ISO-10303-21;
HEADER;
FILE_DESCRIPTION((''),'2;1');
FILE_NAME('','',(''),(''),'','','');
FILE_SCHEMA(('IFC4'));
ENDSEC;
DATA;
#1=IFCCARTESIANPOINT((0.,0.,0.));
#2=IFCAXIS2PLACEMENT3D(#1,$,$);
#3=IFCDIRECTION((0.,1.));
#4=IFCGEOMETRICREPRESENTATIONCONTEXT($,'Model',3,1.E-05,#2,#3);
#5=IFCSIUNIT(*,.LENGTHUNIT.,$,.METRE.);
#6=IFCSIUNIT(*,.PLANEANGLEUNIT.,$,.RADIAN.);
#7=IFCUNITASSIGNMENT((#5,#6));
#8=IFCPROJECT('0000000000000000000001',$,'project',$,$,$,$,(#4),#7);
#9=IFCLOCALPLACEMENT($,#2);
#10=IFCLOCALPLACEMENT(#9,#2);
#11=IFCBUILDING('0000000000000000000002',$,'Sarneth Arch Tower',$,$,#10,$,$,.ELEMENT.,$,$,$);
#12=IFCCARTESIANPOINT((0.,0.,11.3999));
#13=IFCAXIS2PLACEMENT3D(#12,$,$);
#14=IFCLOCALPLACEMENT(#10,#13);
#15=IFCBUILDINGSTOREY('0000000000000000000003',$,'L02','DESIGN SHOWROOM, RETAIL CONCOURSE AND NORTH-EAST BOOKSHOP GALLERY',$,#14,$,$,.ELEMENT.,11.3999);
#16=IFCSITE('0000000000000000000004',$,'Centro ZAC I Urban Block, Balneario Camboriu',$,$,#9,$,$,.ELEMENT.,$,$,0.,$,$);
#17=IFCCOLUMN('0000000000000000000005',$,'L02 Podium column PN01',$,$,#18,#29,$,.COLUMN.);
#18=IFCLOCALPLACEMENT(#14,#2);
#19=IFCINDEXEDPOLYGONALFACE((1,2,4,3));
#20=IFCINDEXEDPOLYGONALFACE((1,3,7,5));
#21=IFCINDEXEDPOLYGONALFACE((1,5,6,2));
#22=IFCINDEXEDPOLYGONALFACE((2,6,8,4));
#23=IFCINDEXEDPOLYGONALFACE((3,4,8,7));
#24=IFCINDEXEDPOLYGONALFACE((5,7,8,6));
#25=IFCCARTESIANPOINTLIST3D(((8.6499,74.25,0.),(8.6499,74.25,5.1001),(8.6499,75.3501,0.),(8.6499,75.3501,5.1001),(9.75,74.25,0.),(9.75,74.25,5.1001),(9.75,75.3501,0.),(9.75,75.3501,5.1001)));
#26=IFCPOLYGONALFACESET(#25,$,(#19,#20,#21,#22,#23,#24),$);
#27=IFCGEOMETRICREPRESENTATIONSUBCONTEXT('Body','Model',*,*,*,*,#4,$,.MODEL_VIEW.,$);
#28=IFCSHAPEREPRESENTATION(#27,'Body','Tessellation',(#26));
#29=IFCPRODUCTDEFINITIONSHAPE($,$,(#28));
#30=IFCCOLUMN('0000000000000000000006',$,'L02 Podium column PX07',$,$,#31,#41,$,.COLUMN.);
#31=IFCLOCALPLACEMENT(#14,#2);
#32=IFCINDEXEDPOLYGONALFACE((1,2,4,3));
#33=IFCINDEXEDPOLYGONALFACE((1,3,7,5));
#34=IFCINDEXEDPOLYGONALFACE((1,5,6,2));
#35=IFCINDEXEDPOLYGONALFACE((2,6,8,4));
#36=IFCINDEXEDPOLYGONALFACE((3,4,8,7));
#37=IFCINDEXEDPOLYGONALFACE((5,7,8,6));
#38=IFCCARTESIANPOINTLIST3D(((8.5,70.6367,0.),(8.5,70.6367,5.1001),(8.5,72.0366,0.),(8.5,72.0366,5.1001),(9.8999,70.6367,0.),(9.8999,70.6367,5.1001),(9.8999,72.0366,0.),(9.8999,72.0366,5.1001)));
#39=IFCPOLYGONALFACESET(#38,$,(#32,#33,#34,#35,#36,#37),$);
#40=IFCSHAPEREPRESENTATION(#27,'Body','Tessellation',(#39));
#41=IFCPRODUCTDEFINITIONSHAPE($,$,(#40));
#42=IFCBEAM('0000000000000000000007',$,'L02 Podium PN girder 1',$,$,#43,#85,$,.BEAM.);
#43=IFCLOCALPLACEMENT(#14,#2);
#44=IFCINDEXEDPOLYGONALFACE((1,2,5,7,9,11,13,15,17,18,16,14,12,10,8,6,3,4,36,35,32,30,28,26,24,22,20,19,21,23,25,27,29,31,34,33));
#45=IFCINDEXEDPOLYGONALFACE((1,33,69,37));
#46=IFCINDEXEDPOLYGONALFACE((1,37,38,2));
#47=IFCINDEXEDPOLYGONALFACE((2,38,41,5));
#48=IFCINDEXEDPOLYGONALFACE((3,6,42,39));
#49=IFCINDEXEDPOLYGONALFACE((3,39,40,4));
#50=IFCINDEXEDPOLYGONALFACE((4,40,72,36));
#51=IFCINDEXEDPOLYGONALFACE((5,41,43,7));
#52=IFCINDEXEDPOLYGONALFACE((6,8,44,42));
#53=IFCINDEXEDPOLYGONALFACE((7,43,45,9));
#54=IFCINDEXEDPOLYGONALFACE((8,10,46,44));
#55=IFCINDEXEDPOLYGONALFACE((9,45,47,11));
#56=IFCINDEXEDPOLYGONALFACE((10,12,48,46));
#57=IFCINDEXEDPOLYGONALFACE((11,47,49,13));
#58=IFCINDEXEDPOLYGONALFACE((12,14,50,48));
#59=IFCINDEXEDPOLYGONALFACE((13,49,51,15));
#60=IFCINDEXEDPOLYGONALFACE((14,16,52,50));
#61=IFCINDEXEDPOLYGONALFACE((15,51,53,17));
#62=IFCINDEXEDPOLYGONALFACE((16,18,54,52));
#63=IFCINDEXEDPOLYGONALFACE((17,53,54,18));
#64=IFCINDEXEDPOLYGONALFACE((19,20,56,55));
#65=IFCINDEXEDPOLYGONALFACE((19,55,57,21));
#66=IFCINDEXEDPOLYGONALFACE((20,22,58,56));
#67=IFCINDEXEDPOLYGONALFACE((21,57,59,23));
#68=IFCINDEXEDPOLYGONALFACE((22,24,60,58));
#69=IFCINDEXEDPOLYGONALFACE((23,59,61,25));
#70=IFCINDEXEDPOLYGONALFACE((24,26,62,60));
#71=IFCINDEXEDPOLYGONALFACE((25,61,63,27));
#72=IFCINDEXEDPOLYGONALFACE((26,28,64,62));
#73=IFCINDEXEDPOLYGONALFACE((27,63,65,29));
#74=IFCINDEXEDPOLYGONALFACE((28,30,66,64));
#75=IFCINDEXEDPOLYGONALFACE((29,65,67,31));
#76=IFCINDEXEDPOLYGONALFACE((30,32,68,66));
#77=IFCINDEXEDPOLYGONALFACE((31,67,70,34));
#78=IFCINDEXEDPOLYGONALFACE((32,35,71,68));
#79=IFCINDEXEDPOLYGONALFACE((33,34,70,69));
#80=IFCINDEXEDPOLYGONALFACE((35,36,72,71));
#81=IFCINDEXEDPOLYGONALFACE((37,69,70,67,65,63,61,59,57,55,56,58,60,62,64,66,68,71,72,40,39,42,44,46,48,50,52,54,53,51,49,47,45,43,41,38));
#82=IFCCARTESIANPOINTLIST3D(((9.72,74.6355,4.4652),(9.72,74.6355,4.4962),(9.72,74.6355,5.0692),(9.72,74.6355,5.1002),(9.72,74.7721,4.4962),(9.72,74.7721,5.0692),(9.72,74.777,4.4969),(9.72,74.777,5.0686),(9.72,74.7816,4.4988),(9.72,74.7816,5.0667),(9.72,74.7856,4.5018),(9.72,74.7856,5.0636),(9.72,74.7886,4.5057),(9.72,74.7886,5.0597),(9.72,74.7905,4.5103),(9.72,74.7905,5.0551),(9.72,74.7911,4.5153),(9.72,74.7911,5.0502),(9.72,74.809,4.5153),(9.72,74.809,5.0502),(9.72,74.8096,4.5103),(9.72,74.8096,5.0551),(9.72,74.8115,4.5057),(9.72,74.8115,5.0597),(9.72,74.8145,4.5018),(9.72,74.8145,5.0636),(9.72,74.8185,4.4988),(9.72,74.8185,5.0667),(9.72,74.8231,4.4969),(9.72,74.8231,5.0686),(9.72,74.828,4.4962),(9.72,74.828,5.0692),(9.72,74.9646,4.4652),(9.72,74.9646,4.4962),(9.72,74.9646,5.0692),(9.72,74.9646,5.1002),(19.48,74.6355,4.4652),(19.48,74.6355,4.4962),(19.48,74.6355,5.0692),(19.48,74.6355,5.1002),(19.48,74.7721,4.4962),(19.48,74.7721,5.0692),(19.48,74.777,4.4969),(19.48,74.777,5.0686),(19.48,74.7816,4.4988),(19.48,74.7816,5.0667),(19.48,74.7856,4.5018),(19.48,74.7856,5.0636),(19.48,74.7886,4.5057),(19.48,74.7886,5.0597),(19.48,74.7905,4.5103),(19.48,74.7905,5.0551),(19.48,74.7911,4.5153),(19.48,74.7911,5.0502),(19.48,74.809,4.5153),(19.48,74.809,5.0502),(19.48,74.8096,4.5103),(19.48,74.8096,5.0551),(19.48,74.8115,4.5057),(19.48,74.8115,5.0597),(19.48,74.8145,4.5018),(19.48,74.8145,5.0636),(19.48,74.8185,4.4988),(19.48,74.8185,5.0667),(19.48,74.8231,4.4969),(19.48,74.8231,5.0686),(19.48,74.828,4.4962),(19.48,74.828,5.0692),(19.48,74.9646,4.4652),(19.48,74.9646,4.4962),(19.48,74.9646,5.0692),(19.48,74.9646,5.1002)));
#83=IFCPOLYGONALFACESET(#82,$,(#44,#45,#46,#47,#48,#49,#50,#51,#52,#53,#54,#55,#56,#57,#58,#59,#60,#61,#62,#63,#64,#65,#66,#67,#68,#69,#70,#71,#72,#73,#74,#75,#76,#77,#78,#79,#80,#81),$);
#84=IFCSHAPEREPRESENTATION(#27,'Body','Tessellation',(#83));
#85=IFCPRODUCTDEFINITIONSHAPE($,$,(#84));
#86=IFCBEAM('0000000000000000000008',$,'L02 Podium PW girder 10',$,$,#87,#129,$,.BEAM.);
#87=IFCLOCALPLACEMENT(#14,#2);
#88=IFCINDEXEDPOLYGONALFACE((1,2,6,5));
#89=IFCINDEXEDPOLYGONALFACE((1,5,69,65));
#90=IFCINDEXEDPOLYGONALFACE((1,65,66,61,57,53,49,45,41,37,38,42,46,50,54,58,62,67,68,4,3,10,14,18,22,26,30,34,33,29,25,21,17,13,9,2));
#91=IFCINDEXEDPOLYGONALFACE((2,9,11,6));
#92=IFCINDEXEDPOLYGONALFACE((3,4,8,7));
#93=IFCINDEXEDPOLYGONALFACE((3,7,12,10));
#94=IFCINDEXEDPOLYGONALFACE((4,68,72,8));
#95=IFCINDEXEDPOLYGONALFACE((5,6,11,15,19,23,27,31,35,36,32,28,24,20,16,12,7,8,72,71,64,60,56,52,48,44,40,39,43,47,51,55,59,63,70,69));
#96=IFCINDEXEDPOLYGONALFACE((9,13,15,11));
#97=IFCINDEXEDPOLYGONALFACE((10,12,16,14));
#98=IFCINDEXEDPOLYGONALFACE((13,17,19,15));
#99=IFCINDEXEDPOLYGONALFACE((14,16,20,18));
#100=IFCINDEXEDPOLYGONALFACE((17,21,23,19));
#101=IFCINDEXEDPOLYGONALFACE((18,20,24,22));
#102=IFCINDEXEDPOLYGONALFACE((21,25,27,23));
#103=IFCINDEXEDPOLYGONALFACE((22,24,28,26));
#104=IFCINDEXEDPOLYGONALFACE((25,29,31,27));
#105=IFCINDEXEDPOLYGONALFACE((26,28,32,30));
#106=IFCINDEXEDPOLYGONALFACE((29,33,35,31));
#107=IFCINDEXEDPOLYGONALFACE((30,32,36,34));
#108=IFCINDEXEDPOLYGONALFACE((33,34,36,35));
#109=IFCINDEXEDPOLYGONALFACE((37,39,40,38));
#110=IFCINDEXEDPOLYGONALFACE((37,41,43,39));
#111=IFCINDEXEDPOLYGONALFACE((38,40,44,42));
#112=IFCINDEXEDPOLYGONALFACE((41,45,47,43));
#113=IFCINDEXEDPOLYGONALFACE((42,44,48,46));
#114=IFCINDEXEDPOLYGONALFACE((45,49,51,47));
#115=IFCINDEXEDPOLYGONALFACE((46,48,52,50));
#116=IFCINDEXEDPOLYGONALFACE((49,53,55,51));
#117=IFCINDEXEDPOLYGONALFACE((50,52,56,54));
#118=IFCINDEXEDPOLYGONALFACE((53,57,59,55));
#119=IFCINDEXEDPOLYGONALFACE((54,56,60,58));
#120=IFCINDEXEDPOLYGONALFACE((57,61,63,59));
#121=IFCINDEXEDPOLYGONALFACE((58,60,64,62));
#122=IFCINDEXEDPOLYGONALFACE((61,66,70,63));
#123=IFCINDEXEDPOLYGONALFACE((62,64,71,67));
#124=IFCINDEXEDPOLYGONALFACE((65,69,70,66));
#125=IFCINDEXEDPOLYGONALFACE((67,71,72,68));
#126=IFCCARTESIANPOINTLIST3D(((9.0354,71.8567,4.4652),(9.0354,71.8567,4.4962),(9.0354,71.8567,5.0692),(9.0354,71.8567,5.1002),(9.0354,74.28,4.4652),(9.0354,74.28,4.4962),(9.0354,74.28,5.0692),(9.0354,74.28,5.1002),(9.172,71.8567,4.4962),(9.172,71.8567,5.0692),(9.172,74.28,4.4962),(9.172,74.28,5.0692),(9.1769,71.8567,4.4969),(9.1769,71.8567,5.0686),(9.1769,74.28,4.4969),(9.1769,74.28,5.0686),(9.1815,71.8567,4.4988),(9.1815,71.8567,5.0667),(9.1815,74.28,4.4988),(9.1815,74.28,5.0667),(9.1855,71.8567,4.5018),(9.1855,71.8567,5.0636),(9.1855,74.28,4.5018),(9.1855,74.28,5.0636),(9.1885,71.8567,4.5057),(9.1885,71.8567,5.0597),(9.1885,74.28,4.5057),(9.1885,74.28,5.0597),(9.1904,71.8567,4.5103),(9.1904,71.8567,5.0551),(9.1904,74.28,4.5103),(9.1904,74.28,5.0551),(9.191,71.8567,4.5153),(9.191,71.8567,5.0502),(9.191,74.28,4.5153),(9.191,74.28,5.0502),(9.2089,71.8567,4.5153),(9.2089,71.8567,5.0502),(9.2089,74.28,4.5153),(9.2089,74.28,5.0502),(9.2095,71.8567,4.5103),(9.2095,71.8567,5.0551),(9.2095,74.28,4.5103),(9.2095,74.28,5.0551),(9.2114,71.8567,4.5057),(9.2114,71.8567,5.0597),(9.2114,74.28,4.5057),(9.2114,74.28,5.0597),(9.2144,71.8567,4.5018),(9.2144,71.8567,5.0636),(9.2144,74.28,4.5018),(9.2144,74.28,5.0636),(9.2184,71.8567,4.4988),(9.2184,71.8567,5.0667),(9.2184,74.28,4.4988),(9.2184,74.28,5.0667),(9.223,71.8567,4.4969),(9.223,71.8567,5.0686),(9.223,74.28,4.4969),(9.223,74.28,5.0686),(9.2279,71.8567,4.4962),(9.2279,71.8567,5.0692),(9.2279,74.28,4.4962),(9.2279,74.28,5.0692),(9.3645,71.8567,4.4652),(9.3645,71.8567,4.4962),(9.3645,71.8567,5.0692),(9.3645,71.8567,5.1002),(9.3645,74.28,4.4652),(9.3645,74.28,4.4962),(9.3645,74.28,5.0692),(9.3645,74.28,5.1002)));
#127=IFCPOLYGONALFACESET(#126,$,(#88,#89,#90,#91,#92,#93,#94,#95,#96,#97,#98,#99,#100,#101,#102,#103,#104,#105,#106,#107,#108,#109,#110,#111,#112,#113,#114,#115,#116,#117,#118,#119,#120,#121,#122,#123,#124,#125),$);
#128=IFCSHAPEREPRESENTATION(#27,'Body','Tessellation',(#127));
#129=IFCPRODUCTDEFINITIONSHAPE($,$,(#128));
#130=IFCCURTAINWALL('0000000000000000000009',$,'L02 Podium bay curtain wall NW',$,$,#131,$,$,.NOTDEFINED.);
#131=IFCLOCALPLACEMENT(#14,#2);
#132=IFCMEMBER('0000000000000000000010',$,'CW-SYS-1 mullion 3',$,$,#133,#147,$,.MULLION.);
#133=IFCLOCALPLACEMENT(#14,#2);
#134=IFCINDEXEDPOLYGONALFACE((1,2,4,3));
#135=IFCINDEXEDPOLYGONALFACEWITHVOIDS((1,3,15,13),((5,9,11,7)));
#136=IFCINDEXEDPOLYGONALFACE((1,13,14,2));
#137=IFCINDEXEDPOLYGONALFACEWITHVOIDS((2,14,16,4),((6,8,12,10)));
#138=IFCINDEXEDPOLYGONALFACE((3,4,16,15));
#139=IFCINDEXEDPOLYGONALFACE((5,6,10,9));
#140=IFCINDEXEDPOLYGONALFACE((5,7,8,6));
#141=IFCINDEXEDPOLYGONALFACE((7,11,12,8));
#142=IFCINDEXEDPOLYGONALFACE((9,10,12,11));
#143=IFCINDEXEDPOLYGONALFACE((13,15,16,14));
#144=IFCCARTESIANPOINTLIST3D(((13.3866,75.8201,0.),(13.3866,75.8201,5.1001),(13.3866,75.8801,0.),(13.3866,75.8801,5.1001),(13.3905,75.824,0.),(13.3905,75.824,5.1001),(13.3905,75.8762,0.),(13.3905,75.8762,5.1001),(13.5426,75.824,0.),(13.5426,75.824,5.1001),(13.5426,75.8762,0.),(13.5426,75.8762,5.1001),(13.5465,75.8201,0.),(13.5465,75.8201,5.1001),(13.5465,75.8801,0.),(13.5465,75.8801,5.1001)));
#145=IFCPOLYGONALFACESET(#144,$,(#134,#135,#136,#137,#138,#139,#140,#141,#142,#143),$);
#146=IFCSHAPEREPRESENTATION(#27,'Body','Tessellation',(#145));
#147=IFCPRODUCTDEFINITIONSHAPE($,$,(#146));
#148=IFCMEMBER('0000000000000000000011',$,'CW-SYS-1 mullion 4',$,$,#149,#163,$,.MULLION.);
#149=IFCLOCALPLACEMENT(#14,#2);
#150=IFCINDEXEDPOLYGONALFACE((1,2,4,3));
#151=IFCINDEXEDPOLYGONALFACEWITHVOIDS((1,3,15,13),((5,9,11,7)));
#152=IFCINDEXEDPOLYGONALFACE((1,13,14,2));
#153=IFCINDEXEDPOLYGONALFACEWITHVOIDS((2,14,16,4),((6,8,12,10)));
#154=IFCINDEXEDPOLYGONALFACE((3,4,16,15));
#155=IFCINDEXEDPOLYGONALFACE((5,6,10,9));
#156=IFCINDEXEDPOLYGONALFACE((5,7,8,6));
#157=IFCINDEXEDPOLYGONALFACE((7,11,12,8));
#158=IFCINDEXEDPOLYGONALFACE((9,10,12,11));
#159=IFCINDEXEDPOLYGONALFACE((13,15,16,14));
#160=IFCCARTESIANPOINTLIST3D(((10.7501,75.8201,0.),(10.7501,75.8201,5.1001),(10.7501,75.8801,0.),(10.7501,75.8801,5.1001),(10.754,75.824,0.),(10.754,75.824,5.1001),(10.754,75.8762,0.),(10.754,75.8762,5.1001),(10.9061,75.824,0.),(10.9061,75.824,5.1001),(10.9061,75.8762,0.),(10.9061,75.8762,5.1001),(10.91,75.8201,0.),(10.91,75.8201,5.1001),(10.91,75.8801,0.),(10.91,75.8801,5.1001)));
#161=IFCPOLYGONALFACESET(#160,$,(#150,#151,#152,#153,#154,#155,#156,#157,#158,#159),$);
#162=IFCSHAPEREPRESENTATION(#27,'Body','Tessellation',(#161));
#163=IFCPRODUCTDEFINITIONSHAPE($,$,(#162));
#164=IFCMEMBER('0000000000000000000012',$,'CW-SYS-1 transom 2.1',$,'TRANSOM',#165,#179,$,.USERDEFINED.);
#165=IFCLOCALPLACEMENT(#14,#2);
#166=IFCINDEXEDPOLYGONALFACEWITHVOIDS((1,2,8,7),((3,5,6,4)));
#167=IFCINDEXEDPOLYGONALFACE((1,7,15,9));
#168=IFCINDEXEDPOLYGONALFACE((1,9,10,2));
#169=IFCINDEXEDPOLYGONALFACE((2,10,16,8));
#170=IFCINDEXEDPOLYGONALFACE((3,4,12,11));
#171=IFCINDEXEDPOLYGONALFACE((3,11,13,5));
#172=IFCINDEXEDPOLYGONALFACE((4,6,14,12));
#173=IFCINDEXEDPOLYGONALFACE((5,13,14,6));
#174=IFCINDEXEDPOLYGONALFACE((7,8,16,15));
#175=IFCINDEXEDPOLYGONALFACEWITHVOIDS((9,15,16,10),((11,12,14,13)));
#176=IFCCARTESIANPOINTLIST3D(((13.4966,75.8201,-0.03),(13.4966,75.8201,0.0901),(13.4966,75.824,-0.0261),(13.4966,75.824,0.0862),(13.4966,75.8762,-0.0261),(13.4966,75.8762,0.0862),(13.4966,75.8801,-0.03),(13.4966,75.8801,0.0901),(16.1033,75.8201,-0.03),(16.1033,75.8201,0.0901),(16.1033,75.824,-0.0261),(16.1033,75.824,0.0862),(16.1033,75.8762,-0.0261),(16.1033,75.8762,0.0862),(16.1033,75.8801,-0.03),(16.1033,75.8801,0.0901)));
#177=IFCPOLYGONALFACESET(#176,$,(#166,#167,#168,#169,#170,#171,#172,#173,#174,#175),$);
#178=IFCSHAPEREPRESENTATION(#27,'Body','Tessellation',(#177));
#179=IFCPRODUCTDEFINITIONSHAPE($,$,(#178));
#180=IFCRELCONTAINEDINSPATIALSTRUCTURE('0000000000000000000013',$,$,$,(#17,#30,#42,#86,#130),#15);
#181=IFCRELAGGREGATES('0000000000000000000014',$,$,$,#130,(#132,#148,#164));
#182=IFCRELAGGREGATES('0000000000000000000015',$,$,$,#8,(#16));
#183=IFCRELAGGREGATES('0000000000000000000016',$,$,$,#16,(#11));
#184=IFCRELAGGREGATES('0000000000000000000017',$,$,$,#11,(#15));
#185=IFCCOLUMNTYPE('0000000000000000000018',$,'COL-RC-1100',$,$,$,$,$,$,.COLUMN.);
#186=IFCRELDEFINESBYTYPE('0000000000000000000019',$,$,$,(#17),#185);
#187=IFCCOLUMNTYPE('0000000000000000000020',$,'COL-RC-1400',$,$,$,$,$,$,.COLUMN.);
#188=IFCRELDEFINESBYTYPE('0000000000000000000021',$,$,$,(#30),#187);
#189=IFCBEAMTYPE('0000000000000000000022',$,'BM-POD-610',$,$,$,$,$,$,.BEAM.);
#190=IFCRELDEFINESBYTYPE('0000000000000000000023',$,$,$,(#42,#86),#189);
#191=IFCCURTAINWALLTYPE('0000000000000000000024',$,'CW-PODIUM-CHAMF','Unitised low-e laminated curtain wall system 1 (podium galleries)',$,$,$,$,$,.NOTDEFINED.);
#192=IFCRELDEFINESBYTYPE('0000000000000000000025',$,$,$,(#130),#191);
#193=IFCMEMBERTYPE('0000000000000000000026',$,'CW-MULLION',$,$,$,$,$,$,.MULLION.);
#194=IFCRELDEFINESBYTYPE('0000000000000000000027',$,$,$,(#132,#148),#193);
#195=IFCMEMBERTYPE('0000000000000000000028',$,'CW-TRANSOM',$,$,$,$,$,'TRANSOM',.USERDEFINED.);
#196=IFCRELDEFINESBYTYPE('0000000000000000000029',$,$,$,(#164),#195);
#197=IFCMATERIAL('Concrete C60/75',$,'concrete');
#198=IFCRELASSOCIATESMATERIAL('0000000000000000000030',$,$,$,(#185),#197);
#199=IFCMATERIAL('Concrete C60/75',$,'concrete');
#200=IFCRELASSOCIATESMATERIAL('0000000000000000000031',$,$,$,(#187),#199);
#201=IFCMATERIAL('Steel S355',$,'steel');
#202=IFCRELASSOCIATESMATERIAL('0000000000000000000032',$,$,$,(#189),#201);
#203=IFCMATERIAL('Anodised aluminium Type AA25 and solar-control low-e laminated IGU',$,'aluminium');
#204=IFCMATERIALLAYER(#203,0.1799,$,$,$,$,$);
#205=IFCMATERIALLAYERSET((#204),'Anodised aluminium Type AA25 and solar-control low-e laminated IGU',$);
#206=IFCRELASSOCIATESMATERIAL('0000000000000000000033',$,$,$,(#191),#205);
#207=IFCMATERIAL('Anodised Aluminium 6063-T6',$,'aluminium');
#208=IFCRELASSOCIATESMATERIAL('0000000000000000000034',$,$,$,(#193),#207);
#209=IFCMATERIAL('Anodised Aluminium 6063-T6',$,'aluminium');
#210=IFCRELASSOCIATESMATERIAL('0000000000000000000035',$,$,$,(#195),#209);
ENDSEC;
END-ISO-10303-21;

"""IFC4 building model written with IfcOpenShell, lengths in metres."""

from ifc_helpers import new_model, si_unit, direction, frame, origin, origin_2d, place, context, subcontext, project, spatial, rectangle, hollow_rectangle, i_section, extrude, material, layer, layer_set, material_profile, profile_set, type_object, element, aggregate, save


model = new_model("IFC4")

# Units and contexts
model_context = context("Model", 3, precision=1e-05, world=origin(), true_north=direction((0.0, 1.0)))
body_context = subcontext(model_context, "Body", "Model", "MODEL_VIEW")
ifc_project = project(units=[si_unit("LENGTHUNIT", "METRE"), si_unit("PLANEANGLEUNIT", "RADIAN")], contexts=[model_context])

# Site, building, storey
site_placement = place(None, origin())
site = spatial("IfcSite", under=ifc_project, at=site_placement, Name="Centro ZAC I Urban Block, Balneario Camboriu", CompositionType="ELEMENT", RefElevation=0.0)
building_placement = place(site_placement, origin())
building = spatial("IfcBuilding", under=site, at=building_placement, Name="Sarneth Arch Tower", CompositionType="ELEMENT")
storey_placement = place(building_placement, frame((0.0, 0.0, 11.3999)))
storey = spatial("IfcBuildingStorey", under=building, at=storey_placement, Name="L02", Description="DESIGN SHOWROOM, RETAIL CONCOURSE AND NORTH-EAST BOOKSHOP GALLERY", CompositionType="ELEMENT", Elevation=11.3999)

# Columns
ifc_material_1 = material(Name="Concrete C60/75", Category="concrete")
ifc_material_profile_1 = material_profile(ifc_material_1, rectangle(XDim=1.1001, YDim=1.1001, at=origin_2d()), Name="RC-1100x1100")
ifc_profile_set_1 = profile_set([ifc_material_profile_1], Name="Concrete C60/75")
column_type_1 = type_object("IfcColumnType", Name="COL-RC-1100", PredefinedType="COLUMN", material=ifc_profile_set_1)
column_1_placement = place(storey_placement, frame((9.2, 74.8, 0.0), z_axis=(0.0, 0.0, 1.0), x_axis=(1.0, 0.0, 0.0)))
element("IfcColumn", 1, at=column_1_placement, inside=storey, type_object=column_type_1, Name="L02 Podium column PN01", PredefinedType="COLUMN", context=body_context, shape_type="SweptSolid", body=[
    extrude(rectangle(XDim=1.1001, YDim=1.1001, at=origin_2d()), origin(), (0.0, 0.0, 1.0), 5.1001),
])
ifc_material_2 = material(Name="Concrete C60/75", Category="concrete")
ifc_material_profile_2 = material_profile(ifc_material_2, rectangle(XDim=1.3999, YDim=1.3999, at=origin_2d()), Name="RC-1400x1400")
ifc_profile_set_2 = profile_set([ifc_material_profile_2], Name="Concrete C60/75")
column_type_2 = type_object("IfcColumnType", Name="COL-RC-1400", PredefinedType="COLUMN", material=ifc_profile_set_2)
column_2_placement = place(storey_placement, frame((9.2, 71.3367, 0.0), z_axis=(0.0, 0.0, 1.0), x_axis=(1.0, 0.0, 0.0)))
element("IfcColumn", 2, at=column_2_placement, inside=storey, type_object=column_type_2, Name="L02 Podium column PX07", PredefinedType="COLUMN", context=body_context, shape_type="SweptSolid", body=[
    extrude(rectangle(XDim=1.3999, YDim=1.3999, at=origin_2d()), origin(), (0.0, 0.0, 1.0), 5.1001),
])

# Beams
ifc_material_3 = material(Name="Steel S355", Category="steel")
ifc_material_profile_3 = material_profile(ifc_material_3, i_section(OverallWidth=0.3291, OverallDepth=0.635, WebThickness=0.0178, FlangeThickness=0.031, FilletRadius=0.019, at=origin_2d()), Name="W610x241")
ifc_profile_set_3 = profile_set([ifc_material_profile_3], Name="Steel S355")
beam_type = type_object("IfcBeamType", Name="BM-POD-610", PredefinedType="BEAM", material=ifc_profile_set_3)
beam_1_placement = place(storey_placement, frame((9.72, 74.8, 4.7827), z_axis=(1.0, 0.0, 0.0), x_axis=(0.0, 1.0, 0.0)))
element("IfcBeam", 3, at=beam_1_placement, inside=storey, type_object=beam_type, Name="L02 Podium PN girder 1", PredefinedType="BEAM", context=body_context, shape_type="SweptSolid", body=[
    extrude(i_section(OverallWidth=0.3291, OverallDepth=0.635, WebThickness=0.0178, FlangeThickness=0.031, FilletRadius=0.019, at=origin_2d()), origin(), (0.0, 0.0, 1.0), 9.76),
])
beam_2_placement = place(storey_placement, frame((9.2, 71.8567, 4.7827), z_axis=(0.0, 1.0, 0.0), x_axis=(-1.0, 0.0, 0.0)))
element("IfcBeam", 4, at=beam_2_placement, inside=storey, type_object=beam_type, Name="L02 Podium PW girder 10", PredefinedType="BEAM", context=body_context, shape_type="SweptSolid", body=[
    extrude(i_section(OverallWidth=0.3291, OverallDepth=0.635, WebThickness=0.0178, FlangeThickness=0.031, FilletRadius=0.019, at=origin_2d()), origin(), (0.0, 0.0, 1.0), 2.4233),
])

# Curtain wall, members
ifc_material_4 = material(Name="Anodised aluminium Type AA25 and solar-control low-e laminated IGU", Category="aluminium")
ifc_layer_1 = layer(ifc_material_4, 0.1799)
ifc_layer_set_1 = layer_set([ifc_layer_1], Name="Anodised aluminium Type AA25 and solar-control low-e laminated IGU")
curtain_wall_type = type_object("IfcCurtainWallType", Name="CW-PODIUM-CHAMF", Description="Unitised low-e laminated curtain wall system 1 (podium galleries)", PredefinedType="NOTDEFINED", material=ifc_layer_set_1)
curtain_wall_placement = place(storey_placement, origin())
curtain_wall = element("IfcCurtainWall", 5, at=curtain_wall_placement, inside=storey, type_object=curtain_wall_type, Name="L02 Podium bay curtain wall NW", PredefinedType="NOTDEFINED")
ifc_material_5 = material(Name="Anodised Aluminium 6063-T6", Category="aluminium")
ifc_material_profile_4 = material_profile(ifc_material_5, hollow_rectangle(XDim=0.0601, YDim=0.1599, WallThickness=0.0039, at=origin_2d()), Name="AL-MULL-160x60x4")
ifc_profile_set_4 = profile_set([ifc_material_profile_4], Name="Anodised Aluminium 6063-T6")
member_type_1 = type_object("IfcMemberType", Name="CW-MULLION", PredefinedType="MULLION", material=ifc_profile_set_4)
member_1_placement = place(storey_placement, frame((13.4666, 75.8501, 0.0), z_axis=(0.0, 0.0, 1.0), x_axis=(0.0, -1.0, 0.0)))
member_1 = element("IfcMember", 6, at=member_1_placement, type_object=member_type_1, Name="CW-SYS-1 mullion 3", PredefinedType="MULLION", context=body_context, shape_type="SweptSolid", body=[
    extrude(hollow_rectangle(XDim=0.0601, YDim=0.1599, WallThickness=0.0039, at=origin_2d()), origin(), (0.0, 0.0, 1.0), 5.1001),
])
member_2_placement = place(storey_placement, frame((10.8301, 75.8501, 0.0), z_axis=(0.0, 0.0, 1.0), x_axis=(0.0, -1.0, 0.0)))
member_2 = element("IfcMember", 7, at=member_2_placement, type_object=member_type_1, Name="CW-SYS-1 mullion 4", PredefinedType="MULLION", context=body_context, shape_type="SweptSolid", body=[
    extrude(hollow_rectangle(XDim=0.0601, YDim=0.1599, WallThickness=0.0039, at=origin_2d()), origin(), (0.0, 0.0, 1.0), 5.1001),
])
ifc_material_6 = material(Name="Anodised Aluminium 6063-T6", Category="aluminium")
ifc_material_profile_5 = material_profile(ifc_material_6, hollow_rectangle(XDim=0.0601, YDim=0.1201, WallThickness=0.0039, at=origin_2d()), Name="AL-TRAN-120x60x4")
ifc_profile_set_5 = profile_set([ifc_material_profile_5], Name="Anodised Aluminium 6063-T6")
member_type_2 = type_object("IfcMemberType", Name="CW-TRANSOM", ElementType="TRANSOM", PredefinedType="USERDEFINED", material=ifc_profile_set_5)
member_3_placement = place(storey_placement, frame((16.1033, 75.8501, 0.03), z_axis=(-1.0, 0.0, 0.0), x_axis=(0.0, -1.0, 0.0)))
member_3 = element("IfcMember", 8, at=member_3_placement, type_object=member_type_2, Name="CW-SYS-1 transom 2.1", ObjectType="TRANSOM", PredefinedType="USERDEFINED", context=body_context, shape_type="SweptSolid", body=[
    extrude(hollow_rectangle(XDim=0.0601, YDim=0.1201, WallThickness=0.0039, at=origin_2d()), origin(), (0.0, 0.0, 1.0), 2.6067),
])
aggregate(curtain_wall, [member_1, member_2, member_3])

save(model, "model.ifc")
